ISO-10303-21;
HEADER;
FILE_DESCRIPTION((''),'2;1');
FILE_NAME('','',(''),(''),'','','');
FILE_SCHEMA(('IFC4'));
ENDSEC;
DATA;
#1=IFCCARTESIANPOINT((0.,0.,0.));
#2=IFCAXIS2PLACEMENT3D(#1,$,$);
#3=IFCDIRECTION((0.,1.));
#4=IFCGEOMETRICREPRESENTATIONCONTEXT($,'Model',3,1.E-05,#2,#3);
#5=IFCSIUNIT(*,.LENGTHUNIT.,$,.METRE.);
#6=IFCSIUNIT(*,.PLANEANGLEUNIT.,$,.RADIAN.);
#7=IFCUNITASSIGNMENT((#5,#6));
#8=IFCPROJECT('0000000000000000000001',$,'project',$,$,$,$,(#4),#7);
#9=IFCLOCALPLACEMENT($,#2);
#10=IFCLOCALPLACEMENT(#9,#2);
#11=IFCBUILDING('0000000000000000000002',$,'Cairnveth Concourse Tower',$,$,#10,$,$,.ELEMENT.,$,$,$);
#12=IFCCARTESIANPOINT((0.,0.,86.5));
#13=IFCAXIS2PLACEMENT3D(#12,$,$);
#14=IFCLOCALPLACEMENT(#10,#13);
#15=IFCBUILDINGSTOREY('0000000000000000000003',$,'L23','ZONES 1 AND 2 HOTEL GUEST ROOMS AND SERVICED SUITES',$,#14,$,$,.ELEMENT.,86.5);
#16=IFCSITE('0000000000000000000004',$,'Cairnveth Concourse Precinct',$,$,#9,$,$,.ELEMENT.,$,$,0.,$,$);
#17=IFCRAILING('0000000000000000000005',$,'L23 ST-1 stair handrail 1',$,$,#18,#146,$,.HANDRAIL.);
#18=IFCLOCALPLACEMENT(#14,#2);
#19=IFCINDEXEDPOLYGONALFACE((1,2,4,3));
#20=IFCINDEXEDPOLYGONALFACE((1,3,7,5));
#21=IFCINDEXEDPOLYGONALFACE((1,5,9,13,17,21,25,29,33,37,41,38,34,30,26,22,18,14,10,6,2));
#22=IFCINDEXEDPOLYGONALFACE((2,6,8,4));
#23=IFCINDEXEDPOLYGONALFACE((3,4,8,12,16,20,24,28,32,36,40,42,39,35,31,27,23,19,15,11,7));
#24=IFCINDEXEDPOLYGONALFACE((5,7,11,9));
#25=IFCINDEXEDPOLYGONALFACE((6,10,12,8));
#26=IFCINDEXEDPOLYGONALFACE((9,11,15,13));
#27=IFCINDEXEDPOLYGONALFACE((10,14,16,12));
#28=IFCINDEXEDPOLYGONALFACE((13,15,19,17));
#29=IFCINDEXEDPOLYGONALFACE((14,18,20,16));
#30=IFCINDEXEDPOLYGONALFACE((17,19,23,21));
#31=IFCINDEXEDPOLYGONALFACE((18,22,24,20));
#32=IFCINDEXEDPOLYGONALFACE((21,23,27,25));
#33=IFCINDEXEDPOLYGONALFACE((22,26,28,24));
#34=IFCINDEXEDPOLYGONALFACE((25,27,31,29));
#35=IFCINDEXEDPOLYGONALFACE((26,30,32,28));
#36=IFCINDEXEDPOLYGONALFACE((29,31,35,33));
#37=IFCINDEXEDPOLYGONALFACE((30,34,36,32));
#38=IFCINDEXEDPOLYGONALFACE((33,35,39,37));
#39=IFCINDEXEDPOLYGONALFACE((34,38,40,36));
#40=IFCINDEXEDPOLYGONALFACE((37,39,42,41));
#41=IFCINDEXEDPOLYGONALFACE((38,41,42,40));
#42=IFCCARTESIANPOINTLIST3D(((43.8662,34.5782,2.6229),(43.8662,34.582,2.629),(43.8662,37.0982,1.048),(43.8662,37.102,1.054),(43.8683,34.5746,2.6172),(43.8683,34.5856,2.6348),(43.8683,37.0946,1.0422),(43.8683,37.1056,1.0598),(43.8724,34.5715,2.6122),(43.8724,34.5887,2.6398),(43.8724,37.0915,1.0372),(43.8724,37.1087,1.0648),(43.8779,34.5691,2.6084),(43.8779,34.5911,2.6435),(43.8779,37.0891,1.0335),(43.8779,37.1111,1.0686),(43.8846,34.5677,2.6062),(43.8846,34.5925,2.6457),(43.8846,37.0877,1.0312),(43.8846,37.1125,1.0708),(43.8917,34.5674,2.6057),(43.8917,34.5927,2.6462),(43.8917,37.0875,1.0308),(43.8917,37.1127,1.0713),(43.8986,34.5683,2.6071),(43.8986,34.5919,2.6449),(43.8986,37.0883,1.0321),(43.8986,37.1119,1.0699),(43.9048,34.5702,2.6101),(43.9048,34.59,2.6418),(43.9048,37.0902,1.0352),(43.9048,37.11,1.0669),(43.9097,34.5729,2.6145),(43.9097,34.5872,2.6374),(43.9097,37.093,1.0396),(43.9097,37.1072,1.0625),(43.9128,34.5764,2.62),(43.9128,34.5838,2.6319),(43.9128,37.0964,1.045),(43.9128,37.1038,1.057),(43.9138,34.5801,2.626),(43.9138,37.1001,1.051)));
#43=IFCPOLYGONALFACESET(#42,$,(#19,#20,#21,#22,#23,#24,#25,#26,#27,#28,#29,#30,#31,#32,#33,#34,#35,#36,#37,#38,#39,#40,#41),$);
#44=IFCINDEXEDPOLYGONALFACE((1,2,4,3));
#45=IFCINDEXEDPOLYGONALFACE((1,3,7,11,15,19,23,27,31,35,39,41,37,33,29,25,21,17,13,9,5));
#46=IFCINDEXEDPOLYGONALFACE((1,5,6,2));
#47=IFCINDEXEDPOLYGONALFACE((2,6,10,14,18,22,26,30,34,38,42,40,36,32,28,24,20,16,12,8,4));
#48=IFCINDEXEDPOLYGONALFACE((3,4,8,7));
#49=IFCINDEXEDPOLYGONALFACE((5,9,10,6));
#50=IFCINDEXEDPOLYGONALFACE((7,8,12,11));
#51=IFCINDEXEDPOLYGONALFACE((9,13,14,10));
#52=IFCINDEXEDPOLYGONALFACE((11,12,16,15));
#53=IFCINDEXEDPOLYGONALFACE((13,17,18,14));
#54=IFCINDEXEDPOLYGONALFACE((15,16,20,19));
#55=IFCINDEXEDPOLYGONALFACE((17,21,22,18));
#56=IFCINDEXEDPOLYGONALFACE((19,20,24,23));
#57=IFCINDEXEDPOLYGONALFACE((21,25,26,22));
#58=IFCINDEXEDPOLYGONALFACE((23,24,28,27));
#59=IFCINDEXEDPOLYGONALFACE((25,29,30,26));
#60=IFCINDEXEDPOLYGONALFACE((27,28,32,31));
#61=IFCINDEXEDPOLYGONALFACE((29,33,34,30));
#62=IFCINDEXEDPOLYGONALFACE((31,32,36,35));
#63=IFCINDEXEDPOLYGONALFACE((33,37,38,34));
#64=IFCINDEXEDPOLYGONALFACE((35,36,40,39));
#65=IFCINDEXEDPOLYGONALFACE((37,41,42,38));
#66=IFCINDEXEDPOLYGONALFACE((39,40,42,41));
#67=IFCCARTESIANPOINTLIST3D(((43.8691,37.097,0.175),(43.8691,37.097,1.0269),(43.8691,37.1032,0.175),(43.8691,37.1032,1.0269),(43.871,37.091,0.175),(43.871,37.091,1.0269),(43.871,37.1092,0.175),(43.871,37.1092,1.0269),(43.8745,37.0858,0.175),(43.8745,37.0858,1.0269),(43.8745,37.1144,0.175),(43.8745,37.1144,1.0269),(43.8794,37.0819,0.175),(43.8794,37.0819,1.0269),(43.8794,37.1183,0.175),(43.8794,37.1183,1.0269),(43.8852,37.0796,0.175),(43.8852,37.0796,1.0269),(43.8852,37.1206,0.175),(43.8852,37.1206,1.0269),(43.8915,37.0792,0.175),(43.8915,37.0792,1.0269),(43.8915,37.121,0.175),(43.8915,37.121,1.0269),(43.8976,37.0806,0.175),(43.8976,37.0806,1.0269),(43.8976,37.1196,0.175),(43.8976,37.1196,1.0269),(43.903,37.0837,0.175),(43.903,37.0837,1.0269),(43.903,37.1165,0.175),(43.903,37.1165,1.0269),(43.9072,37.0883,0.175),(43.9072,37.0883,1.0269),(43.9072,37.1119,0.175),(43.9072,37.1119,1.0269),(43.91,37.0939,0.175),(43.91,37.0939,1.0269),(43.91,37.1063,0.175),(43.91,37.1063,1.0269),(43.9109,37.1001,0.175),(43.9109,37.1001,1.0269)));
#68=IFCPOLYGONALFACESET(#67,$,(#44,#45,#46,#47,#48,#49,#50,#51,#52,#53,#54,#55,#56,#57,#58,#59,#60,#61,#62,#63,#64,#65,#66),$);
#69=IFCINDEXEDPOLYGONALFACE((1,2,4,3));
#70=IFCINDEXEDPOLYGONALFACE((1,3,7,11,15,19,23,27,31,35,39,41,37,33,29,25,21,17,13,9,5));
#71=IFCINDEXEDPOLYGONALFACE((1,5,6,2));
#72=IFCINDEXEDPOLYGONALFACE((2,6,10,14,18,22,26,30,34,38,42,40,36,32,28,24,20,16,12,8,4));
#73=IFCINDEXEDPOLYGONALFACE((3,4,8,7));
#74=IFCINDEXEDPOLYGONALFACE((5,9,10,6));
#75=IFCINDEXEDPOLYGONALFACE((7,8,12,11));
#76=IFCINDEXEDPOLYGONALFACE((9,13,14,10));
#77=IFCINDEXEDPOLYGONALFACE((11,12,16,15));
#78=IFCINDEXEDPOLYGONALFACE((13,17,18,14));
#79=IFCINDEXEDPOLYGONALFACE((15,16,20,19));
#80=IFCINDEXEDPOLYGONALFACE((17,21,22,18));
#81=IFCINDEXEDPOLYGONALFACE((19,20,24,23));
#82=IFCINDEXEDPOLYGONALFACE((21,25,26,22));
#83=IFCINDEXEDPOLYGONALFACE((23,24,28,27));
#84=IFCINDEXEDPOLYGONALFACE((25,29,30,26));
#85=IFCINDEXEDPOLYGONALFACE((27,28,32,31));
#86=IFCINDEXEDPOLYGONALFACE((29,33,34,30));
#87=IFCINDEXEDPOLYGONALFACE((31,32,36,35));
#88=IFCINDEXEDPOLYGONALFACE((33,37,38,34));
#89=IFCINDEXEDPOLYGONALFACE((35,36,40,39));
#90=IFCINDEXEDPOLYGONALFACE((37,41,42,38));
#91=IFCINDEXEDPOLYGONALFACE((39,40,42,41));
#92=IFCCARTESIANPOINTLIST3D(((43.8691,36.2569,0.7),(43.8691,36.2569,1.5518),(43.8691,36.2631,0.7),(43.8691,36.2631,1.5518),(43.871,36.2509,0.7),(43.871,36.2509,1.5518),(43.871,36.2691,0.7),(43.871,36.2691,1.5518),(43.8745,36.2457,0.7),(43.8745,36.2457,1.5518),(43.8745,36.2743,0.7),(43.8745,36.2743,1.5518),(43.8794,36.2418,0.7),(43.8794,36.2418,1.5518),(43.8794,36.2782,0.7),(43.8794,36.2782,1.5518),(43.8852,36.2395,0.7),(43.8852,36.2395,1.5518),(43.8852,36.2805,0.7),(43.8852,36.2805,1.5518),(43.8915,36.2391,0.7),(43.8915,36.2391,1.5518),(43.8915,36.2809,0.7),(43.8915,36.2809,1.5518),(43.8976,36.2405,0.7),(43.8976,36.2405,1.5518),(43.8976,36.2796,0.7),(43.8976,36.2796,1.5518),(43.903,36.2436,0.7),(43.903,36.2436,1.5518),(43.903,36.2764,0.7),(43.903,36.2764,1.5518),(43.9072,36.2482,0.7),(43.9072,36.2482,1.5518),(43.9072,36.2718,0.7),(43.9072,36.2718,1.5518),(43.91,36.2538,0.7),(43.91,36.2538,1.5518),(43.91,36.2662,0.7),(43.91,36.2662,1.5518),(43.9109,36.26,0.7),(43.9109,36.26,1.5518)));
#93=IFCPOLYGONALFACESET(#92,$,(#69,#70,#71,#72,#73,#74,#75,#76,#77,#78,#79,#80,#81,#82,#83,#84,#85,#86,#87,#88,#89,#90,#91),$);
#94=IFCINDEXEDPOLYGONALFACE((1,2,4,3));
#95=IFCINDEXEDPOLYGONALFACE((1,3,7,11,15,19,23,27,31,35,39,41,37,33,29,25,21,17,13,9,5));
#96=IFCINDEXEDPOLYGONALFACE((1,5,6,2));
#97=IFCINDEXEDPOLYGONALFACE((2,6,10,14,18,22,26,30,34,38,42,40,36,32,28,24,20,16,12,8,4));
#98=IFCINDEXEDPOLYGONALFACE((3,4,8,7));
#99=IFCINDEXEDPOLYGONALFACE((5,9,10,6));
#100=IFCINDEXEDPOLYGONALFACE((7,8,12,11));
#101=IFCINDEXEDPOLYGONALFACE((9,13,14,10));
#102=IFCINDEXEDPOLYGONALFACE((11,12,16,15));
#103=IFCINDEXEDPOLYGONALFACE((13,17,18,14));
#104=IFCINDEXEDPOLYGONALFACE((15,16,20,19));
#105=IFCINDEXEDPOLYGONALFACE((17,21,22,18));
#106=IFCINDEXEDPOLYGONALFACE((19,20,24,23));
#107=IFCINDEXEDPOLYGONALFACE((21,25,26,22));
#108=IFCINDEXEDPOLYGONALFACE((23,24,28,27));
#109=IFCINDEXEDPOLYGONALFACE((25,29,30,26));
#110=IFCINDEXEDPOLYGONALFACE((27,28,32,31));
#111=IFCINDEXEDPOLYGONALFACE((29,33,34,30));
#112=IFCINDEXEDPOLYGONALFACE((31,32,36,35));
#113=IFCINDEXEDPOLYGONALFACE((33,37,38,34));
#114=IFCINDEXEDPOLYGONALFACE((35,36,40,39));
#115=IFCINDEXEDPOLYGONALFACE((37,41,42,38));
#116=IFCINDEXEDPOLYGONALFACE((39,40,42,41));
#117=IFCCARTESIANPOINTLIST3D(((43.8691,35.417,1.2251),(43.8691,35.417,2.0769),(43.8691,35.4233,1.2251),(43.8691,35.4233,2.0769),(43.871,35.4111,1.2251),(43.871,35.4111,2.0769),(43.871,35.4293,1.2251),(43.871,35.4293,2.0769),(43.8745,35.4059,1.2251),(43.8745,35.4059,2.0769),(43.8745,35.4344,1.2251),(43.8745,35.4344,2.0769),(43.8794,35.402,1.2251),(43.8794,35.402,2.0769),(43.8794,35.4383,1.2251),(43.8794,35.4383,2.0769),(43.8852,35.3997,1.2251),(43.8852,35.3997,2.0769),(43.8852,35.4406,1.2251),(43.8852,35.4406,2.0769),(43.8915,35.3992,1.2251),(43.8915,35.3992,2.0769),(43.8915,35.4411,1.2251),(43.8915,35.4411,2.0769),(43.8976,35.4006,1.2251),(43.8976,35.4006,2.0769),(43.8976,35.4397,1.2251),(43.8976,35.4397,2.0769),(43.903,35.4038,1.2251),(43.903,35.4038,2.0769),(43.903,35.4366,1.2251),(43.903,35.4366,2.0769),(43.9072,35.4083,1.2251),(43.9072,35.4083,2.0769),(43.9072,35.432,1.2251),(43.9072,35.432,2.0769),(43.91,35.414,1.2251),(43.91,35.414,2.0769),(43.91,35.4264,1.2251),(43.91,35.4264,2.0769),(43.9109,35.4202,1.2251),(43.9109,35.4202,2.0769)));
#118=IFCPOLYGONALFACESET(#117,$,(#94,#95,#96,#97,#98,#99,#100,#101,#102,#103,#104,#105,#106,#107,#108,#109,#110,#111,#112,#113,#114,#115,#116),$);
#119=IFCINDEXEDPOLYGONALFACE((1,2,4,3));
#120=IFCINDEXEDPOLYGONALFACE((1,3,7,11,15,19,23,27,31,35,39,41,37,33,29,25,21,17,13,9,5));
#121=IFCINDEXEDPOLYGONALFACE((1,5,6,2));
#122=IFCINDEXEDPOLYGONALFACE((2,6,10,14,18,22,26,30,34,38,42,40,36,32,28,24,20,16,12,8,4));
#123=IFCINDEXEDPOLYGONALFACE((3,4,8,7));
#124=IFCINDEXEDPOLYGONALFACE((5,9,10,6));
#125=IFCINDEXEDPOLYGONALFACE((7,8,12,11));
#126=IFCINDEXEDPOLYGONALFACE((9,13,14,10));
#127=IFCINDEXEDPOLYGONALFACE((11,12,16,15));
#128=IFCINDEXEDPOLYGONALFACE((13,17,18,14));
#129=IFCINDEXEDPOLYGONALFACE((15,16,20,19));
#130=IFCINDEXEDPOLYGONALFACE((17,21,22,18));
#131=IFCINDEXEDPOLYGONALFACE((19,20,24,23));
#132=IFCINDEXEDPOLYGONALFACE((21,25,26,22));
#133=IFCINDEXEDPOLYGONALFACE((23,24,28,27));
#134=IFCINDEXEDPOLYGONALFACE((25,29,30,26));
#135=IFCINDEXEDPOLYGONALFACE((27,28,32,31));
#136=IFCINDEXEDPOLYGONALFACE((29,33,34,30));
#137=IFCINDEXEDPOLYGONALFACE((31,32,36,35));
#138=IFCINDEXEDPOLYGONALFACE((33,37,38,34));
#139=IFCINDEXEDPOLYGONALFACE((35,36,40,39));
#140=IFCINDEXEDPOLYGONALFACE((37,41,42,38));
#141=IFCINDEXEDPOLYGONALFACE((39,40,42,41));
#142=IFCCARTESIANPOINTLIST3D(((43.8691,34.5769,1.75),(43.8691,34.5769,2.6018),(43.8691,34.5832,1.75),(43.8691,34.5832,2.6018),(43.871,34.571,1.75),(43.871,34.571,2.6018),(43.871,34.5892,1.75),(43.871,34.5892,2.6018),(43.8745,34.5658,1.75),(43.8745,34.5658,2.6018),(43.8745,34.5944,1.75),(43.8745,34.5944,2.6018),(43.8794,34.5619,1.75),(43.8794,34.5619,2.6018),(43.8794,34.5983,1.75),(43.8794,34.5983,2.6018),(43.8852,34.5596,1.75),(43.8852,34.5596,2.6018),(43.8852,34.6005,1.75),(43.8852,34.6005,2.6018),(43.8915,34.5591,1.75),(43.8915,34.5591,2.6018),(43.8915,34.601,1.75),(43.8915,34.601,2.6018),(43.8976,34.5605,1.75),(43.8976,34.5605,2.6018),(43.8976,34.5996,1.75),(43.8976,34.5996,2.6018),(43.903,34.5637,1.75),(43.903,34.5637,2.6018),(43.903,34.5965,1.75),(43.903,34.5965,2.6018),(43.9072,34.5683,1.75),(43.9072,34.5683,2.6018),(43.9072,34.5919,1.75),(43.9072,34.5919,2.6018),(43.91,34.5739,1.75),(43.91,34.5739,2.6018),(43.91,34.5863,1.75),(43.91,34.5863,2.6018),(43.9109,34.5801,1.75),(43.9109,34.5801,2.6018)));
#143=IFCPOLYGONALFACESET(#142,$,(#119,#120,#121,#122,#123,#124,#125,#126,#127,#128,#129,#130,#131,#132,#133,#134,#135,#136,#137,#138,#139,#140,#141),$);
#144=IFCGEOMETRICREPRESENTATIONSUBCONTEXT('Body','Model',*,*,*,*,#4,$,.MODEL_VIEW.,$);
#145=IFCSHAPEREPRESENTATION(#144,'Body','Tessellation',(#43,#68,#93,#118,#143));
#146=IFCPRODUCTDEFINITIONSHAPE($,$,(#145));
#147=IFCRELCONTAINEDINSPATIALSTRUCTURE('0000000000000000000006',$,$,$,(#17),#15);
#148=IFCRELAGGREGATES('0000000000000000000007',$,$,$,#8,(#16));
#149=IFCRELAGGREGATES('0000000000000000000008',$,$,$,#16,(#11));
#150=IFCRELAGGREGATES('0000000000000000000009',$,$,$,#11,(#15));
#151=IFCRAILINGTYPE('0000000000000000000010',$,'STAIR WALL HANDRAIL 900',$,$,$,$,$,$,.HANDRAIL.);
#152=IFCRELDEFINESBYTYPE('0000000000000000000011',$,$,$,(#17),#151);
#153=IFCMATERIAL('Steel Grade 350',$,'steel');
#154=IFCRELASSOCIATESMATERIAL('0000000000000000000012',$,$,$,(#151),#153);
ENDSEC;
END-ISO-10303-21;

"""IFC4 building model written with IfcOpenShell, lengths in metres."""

from ifc_helpers import new_model, si_unit, direction, frame, origin, origin_2d, place, context, subcontext, project, spatial, circle, extrude, material, type_object, element, save


model = new_model("IFC4")

# Units and contexts
model_context = context("Model", 3, precision=1e-05, world=origin(), true_north=direction((0.0, 1.0)))
body_context = subcontext(model_context, "Body", "Model", "MODEL_VIEW")
ifc_project = project(units=[si_unit("LENGTHUNIT", "METRE"), si_unit("PLANEANGLEUNIT", "RADIAN")], contexts=[model_context])

# Site, building, storey
site_placement = place(None, origin())
site = spatial("IfcSite", under=ifc_project, at=site_placement, Name="Cairnveth Concourse Precinct", CompositionType="ELEMENT", RefElevation=0.0)
building_placement = place(site_placement, origin())
building = spatial("IfcBuilding", under=site, at=building_placement, Name="Cairnveth Concourse Tower", CompositionType="ELEMENT")
storey_placement = place(building_placement, frame((0.0, 0.0, 86.5)))
storey = spatial("IfcBuildingStorey", under=building, at=storey_placement, Name="L23", Description="ZONES 1 AND 2 HOTEL GUEST ROOMS AND SERVICED SUITES", CompositionType="ELEMENT", Elevation=86.5)

# Railing
ifc_material_1 = material(Name="Steel Grade 350", Category="steel")
railing_type_1 = type_object("IfcRailingType", Name="STAIR WALL HANDRAIL 900", PredefinedType="HANDRAIL", material=ifc_material_1)
railing_1_placement = place(storey_placement, frame((43.8899, 37.1001, 0.175)))
element("IfcRailing", 1, at=railing_1_placement, inside=storey, type_object=railing_type_1, Name="L23 ST-1 stair handrail 1", PredefinedType="HANDRAIL", context=body_context, shape_type="SweptSolid", body=[
    extrude(circle(Radius=0.0239, at=origin_2d()), frame((0.0, 0.0, 0.876), z_axis=(0.0, -0.848008, 0.529984), x_axis=(1.0, 0.0, 0.0)), (0.0, 0.0, 1.0), 2.9717),
    extrude(circle(Radius=0.021, at=origin_2d()), origin(), (0.0, 0.0, 1.0), 0.8518),
    extrude(circle(Radius=0.021, at=origin_2d()), frame((0.0, -0.8401, 0.5249)), (0.0, 0.0, 1.0), 0.8518),
    extrude(circle(Radius=0.021, at=origin_2d()), frame((0.0, -1.6799, 1.05)), (0.0, 0.0, 1.0), 0.8518),
    extrude(circle(Radius=0.021, at=origin_2d()), frame((0.0, -2.52, 1.575)), (0.0, 0.0, 1.0), 0.8518),
])

save(model, "model.ifc")
